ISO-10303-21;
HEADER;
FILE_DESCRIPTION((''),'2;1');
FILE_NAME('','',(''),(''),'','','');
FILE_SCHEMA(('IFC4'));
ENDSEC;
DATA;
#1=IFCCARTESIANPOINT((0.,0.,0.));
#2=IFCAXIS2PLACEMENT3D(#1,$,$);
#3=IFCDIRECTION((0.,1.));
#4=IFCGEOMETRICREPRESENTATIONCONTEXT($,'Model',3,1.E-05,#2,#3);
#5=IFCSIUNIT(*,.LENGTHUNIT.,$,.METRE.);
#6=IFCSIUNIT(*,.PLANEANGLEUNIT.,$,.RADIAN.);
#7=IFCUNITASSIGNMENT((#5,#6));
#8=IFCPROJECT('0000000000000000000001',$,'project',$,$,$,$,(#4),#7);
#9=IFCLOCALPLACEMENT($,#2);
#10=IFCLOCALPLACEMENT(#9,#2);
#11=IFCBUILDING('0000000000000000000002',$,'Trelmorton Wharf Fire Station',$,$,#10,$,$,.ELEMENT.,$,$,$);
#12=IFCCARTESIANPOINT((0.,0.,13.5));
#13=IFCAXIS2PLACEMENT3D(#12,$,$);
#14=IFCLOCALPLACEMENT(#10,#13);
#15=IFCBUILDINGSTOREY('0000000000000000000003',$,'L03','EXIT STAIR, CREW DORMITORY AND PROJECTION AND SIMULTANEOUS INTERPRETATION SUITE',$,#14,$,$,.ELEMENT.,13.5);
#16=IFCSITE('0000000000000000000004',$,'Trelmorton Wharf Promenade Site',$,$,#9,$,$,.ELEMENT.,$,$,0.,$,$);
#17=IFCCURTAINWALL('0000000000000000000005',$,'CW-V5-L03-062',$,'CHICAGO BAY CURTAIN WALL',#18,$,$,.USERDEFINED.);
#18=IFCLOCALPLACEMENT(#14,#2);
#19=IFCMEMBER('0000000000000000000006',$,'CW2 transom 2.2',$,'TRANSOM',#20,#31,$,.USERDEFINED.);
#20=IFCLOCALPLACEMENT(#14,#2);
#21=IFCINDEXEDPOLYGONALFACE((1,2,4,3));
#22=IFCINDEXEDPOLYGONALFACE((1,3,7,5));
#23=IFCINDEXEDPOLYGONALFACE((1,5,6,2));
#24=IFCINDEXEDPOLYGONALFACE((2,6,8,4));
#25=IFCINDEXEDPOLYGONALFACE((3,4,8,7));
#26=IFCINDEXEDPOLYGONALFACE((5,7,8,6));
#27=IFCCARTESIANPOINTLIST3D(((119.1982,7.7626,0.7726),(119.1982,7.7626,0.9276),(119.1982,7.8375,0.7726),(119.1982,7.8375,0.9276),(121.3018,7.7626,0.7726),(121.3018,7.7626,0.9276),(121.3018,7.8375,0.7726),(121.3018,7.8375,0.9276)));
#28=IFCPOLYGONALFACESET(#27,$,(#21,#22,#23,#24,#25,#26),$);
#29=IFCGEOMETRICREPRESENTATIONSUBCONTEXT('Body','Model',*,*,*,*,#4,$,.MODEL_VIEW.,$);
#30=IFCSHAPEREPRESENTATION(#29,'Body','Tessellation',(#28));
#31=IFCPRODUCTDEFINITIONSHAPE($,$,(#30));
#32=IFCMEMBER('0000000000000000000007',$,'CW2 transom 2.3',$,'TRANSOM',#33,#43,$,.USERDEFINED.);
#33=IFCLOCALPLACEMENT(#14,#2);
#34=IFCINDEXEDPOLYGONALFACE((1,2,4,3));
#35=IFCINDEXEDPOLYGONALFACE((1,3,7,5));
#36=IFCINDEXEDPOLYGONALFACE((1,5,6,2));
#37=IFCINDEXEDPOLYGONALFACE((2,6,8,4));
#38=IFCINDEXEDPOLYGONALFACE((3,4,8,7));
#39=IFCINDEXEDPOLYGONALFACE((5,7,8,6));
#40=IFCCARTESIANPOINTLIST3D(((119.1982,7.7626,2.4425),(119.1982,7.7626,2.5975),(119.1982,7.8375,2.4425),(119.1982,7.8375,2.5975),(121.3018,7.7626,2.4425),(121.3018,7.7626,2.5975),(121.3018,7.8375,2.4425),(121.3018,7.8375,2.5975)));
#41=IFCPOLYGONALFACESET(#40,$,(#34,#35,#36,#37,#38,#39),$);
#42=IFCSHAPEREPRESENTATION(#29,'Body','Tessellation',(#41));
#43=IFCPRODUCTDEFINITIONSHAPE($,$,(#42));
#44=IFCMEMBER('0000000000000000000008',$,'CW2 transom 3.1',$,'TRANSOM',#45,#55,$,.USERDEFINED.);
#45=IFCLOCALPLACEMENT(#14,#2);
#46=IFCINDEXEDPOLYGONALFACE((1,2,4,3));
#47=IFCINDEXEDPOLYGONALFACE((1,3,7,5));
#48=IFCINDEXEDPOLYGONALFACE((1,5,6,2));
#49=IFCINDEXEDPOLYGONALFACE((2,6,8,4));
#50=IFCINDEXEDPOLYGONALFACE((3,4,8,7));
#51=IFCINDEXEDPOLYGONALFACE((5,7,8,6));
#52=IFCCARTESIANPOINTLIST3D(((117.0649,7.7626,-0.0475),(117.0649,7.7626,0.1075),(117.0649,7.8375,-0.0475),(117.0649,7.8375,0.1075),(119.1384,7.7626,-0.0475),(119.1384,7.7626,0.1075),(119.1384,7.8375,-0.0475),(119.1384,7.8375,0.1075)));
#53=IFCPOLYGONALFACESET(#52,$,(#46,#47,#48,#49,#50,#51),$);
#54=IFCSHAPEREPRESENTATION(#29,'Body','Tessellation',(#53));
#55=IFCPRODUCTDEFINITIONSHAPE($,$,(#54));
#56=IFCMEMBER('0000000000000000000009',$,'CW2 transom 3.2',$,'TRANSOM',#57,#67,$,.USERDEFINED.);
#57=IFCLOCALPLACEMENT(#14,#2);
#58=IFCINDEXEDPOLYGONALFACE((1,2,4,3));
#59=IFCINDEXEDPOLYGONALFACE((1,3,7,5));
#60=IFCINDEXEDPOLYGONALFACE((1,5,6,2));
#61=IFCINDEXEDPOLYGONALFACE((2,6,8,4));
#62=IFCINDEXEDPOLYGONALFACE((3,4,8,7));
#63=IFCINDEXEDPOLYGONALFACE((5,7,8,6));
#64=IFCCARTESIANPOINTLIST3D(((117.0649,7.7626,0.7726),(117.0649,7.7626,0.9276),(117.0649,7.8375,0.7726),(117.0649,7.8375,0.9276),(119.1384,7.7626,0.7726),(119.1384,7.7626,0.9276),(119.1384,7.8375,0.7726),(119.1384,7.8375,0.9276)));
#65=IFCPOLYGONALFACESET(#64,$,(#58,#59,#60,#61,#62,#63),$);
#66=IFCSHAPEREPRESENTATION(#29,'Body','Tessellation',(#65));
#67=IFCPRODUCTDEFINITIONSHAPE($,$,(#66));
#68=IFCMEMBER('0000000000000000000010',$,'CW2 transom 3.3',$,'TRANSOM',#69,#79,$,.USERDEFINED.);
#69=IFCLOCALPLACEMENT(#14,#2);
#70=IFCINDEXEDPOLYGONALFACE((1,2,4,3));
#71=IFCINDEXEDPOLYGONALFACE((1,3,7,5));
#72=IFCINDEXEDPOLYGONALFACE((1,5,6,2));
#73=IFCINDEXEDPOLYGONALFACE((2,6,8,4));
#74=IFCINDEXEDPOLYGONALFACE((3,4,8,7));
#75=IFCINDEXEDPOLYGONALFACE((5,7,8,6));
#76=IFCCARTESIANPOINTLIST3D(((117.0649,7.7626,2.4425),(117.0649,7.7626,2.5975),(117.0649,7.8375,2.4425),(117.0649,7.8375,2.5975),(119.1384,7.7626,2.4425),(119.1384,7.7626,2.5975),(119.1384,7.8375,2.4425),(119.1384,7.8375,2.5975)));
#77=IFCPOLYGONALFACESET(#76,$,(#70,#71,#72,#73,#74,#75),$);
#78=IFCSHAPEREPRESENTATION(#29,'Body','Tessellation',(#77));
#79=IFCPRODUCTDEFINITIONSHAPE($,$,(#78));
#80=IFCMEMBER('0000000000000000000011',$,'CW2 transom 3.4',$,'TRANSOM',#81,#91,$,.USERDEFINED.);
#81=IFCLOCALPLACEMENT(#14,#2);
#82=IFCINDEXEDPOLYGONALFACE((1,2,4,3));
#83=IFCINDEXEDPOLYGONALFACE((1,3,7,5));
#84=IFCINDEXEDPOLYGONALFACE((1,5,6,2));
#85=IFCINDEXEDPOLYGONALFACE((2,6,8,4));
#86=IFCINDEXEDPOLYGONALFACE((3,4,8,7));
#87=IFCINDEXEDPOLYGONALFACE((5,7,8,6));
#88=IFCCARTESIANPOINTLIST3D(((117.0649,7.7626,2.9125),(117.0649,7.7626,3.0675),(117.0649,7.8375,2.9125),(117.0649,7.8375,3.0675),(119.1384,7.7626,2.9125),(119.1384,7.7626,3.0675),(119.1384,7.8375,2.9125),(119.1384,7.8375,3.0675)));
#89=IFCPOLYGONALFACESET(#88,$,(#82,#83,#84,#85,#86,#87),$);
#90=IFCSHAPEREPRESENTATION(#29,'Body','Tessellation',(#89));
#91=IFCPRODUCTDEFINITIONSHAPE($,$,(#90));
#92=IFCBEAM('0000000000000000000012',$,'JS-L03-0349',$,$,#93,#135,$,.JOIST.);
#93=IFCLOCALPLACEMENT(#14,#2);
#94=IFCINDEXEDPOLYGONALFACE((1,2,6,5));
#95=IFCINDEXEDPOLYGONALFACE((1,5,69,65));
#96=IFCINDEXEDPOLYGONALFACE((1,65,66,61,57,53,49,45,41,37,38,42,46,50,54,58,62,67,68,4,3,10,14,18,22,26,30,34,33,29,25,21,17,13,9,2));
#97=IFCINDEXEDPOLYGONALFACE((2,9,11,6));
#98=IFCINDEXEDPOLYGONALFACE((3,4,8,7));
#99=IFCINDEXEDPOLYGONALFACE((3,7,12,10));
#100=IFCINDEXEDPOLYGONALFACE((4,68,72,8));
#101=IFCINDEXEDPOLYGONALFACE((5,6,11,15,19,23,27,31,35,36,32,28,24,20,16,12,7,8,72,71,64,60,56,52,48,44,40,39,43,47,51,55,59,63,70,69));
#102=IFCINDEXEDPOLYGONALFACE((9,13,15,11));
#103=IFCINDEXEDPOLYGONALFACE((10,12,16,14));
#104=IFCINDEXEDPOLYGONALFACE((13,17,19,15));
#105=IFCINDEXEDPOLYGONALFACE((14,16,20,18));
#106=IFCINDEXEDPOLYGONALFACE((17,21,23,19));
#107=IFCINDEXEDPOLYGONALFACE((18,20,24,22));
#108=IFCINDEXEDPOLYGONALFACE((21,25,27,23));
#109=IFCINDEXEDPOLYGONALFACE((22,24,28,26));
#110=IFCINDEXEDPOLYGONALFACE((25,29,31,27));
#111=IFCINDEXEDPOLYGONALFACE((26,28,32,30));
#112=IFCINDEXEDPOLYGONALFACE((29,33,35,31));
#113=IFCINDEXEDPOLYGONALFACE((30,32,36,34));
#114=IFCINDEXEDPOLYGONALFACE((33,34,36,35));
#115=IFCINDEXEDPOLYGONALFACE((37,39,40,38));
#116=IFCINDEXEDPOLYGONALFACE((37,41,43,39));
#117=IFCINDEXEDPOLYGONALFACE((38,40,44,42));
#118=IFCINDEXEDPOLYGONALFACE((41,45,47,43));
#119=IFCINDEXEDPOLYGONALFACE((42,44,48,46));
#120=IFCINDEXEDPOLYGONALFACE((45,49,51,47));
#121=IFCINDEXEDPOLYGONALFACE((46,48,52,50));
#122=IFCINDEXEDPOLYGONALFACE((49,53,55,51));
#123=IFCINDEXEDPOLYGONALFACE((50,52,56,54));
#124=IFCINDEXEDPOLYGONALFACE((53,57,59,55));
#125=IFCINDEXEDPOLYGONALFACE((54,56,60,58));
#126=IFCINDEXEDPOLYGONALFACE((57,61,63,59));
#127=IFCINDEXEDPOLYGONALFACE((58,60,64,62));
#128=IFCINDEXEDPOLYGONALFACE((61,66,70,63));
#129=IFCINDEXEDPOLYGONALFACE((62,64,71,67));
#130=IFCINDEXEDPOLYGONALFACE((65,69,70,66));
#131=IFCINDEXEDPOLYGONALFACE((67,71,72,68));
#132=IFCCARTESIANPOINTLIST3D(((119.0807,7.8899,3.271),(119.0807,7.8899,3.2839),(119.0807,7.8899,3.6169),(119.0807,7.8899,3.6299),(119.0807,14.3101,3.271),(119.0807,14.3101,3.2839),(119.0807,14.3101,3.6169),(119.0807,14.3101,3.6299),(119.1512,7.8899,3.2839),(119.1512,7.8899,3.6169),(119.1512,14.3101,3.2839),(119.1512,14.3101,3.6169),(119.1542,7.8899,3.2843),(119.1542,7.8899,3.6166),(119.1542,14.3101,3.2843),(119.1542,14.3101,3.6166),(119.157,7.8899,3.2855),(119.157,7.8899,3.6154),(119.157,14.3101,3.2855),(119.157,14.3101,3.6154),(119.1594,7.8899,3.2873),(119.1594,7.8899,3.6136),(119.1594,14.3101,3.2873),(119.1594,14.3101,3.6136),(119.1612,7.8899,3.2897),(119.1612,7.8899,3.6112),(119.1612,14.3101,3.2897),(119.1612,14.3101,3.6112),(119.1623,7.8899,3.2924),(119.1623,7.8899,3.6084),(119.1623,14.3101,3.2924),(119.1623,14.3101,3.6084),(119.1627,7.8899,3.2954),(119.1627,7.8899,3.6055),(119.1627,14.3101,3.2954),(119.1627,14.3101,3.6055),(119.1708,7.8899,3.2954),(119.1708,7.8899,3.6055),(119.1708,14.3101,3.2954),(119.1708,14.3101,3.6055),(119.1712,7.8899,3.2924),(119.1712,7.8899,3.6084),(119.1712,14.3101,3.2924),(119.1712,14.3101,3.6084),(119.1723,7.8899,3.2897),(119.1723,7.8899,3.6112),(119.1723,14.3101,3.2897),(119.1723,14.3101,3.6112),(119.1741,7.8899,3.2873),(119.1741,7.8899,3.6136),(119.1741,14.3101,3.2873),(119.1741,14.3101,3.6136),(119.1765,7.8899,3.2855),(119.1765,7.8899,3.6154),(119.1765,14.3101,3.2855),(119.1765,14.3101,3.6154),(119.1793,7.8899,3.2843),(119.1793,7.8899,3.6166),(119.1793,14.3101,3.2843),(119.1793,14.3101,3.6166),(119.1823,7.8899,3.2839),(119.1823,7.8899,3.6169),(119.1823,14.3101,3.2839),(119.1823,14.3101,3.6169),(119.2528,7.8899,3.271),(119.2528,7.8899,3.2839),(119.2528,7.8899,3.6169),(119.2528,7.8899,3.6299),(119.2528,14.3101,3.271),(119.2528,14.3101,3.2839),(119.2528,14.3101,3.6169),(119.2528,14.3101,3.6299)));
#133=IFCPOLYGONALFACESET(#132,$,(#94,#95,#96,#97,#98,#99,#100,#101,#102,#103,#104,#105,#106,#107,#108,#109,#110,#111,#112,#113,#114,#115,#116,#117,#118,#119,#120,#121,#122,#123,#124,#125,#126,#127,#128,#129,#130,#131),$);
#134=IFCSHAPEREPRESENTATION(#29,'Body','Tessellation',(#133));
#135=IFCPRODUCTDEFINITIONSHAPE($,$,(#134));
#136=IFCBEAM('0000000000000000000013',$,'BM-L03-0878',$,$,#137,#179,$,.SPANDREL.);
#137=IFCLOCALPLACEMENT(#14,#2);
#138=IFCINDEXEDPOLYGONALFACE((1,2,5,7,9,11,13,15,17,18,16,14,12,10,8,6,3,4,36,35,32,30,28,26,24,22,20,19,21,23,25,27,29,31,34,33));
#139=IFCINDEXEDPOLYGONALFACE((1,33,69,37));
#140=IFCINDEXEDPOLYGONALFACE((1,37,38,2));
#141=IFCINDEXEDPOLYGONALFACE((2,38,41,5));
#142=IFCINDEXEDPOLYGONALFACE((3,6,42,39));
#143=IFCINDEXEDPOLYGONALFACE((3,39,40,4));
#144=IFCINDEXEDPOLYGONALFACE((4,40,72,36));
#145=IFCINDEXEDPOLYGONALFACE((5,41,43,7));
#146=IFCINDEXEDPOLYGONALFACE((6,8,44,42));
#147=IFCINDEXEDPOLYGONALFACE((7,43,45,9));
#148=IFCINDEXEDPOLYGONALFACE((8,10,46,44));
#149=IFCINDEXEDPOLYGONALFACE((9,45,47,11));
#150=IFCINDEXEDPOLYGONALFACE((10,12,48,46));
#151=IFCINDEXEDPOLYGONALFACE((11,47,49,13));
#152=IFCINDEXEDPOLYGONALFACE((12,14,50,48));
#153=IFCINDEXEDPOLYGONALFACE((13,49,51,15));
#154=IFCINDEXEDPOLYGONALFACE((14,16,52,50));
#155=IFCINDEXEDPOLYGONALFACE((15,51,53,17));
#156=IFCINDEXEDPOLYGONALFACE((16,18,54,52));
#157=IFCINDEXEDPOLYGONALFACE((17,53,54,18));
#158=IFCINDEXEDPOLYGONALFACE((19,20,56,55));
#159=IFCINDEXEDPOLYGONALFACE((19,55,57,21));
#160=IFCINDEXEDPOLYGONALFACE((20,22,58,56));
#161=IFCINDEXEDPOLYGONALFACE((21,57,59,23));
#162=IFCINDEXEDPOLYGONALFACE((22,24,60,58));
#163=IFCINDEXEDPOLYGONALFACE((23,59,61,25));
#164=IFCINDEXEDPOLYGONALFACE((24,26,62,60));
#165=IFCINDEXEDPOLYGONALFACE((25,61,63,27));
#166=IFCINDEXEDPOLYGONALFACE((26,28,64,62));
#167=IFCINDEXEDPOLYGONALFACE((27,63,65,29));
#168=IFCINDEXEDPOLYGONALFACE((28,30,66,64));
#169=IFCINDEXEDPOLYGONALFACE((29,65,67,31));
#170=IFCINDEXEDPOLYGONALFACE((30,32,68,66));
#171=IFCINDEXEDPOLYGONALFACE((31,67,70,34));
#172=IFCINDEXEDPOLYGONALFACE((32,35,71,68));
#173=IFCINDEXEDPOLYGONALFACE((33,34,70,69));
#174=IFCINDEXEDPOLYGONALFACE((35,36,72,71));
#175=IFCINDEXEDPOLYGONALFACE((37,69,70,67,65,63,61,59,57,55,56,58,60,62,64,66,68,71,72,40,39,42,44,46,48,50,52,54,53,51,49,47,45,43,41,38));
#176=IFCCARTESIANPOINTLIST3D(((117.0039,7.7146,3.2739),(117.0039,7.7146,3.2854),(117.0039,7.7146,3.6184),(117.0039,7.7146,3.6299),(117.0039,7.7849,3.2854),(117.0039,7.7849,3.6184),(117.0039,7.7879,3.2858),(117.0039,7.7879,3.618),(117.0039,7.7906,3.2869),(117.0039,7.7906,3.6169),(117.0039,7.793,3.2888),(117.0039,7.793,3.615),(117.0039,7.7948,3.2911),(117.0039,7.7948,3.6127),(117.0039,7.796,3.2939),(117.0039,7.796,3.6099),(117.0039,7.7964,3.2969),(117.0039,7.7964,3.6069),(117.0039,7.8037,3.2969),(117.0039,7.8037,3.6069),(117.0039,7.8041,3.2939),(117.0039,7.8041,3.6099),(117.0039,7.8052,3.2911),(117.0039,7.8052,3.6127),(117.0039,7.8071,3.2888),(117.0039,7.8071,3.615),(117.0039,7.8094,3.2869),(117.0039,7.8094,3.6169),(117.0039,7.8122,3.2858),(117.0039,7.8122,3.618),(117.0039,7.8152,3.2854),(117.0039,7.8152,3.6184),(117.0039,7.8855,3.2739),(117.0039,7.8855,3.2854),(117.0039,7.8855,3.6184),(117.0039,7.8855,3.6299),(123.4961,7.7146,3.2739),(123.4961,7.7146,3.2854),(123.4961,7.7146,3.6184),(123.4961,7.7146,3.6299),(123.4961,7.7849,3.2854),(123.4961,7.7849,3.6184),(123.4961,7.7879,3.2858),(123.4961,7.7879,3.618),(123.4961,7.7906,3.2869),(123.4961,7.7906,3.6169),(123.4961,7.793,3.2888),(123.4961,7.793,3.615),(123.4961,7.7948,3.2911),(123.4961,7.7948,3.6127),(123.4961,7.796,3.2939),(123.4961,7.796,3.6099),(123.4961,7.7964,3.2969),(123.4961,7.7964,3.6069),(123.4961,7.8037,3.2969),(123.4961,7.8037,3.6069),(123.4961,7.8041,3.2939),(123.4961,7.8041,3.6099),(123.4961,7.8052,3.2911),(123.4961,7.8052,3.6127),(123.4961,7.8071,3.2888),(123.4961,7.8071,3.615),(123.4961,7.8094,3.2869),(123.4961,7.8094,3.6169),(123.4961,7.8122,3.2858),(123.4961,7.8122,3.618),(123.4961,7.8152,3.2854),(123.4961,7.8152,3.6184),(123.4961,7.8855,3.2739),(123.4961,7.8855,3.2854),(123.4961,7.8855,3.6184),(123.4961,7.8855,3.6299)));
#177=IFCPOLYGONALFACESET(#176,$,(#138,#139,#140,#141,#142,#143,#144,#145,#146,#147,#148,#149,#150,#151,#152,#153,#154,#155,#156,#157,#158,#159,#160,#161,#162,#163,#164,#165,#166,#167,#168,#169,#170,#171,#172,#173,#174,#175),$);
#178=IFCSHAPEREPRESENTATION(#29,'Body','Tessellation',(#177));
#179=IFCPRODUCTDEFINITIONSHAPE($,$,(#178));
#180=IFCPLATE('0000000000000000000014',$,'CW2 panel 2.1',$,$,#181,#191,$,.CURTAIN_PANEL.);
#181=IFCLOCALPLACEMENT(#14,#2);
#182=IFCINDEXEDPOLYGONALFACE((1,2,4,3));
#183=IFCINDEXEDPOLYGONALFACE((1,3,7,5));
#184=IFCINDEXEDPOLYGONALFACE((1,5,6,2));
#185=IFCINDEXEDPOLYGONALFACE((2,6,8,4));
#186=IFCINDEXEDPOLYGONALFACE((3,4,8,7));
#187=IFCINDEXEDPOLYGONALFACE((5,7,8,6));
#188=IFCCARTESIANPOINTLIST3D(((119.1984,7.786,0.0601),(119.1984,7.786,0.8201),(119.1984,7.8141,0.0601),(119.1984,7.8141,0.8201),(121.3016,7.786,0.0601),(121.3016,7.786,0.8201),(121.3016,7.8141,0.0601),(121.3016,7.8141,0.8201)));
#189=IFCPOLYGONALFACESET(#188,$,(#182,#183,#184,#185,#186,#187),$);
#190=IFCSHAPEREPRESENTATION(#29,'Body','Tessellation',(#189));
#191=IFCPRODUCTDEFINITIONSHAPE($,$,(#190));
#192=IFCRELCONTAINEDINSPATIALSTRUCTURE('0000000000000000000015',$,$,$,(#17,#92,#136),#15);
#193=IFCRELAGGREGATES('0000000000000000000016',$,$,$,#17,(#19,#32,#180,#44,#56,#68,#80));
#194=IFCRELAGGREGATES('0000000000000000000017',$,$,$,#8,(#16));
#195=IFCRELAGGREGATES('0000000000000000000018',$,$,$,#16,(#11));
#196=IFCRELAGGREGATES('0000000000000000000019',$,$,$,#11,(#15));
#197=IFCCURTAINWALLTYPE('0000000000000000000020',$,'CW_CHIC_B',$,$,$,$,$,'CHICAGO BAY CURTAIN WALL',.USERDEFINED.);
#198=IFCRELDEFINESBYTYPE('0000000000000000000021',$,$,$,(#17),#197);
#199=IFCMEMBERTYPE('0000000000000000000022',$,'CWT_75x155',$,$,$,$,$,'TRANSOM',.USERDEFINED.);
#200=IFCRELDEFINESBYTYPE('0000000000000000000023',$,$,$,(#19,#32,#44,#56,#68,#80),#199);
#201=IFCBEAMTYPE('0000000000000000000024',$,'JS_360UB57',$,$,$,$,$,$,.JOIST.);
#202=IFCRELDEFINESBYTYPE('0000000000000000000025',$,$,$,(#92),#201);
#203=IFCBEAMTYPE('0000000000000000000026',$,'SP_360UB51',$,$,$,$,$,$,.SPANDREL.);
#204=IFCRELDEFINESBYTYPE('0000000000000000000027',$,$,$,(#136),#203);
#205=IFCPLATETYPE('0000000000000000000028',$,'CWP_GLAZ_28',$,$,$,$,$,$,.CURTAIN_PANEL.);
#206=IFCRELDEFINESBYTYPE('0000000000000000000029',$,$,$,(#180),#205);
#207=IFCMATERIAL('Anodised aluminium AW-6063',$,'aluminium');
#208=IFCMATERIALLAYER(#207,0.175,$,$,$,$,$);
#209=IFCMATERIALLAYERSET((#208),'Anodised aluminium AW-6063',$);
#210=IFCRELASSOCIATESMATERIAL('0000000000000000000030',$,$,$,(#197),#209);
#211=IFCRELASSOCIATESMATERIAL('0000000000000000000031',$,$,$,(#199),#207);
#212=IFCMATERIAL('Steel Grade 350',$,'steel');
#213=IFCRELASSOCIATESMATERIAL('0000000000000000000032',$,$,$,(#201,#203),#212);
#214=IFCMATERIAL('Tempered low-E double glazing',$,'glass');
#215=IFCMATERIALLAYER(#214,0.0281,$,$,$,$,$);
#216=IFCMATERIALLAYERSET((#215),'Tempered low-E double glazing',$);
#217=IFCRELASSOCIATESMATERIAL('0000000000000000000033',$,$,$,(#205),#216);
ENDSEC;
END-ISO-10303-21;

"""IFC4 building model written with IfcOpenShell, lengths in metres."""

from ifc_helpers import new_model, si_unit, direction, frame, origin, origin_2d, place, context, subcontext, project, spatial, rectangle, i_section, extrude, material, layer, layer_set, material_profile, profile_set, type_object, element, aggregate, save


model = new_model("IFC4")

# Units and contexts
model_context = context("Model", 3, precision=1e-05, world=origin(), true_north=direction((0.0, 1.0)))
body_context = subcontext(model_context, "Body", "Model", "MODEL_VIEW")
ifc_project = project(units=[si_unit("LENGTHUNIT", "METRE"), si_unit("PLANEANGLEUNIT", "RADIAN")], contexts=[model_context])

# Site, building, storey
site_placement = place(None, origin())
site = spatial("IfcSite", under=ifc_project, at=site_placement, Name="Trelmorton Wharf Promenade Site", CompositionType="ELEMENT", RefElevation=0.0)
building_placement = place(site_placement, origin())
building = spatial("IfcBuilding", under=site, at=building_placement, Name="Trelmorton Wharf Fire Station", CompositionType="ELEMENT")
storey_placement = place(building_placement, frame((0.0, 0.0, 13.5)))
storey = spatial("IfcBuildingStorey", under=building, at=storey_placement, Name="L03", Description="EXIT STAIR, CREW DORMITORY AND PROJECTION AND SIMULTANEOUS INTERPRETATION SUITE", CompositionType="ELEMENT", Elevation=13.5)

# Shared definitions
ifc_material_1 = material(Name="Steel Grade 350", Category="steel")

# Shared definitions
ifc_material_2 = material(Name="Anodised aluminium AW-6063", Category="aluminium")

# Curtain wall
ifc_layer_1 = layer(ifc_material_2, 0.175)
ifc_layer_set_1 = layer_set([ifc_layer_1], Name="Anodised aluminium AW-6063")
curtain_wall_type_1 = type_object("IfcCurtainWallType", Name="CW_CHIC_B", ElementType="CHICAGO BAY CURTAIN WALL", PredefinedType="USERDEFINED", material=ifc_layer_set_1)
curtain_wall_1_placement = place(storey_placement, origin())
curtain_wall_1 = element("IfcCurtainWall", 1, at=curtain_wall_1_placement, inside=storey, type_object=curtain_wall_type_1, Name="CW-V5-L03-062", ObjectType="CHICAGO BAY CURTAIN WALL", PredefinedType="USERDEFINED")

# Members
ifc_material_profile_1 = material_profile(ifc_material_2, rectangle(XDim=0.075, YDim=0.155, at=origin_2d()), Name="ALU-75x155")
ifc_profile_set_1 = profile_set([ifc_material_profile_1], Name="Anodised aluminium AW-6063")
member_type_1 = type_object("IfcMemberType", Name="CWT_75x155", ElementType="TRANSOM", PredefinedType="USERDEFINED", material=ifc_profile_set_1)
member_1_placement = place(storey_placement, frame((121.3018, 7.8, 0.8501), z_axis=(-1.0, 0.0, 0.0), x_axis=(0.0, -1.0, 0.0)))
member_1 = element("IfcMember", 2, at=member_1_placement, type_object=member_type_1, Name="CW2 transom 2.2", ObjectType="TRANSOM", PredefinedType="USERDEFINED", context=body_context, shape_type="SweptSolid", body=[
    extrude(rectangle(XDim=0.075, YDim=0.155, at=origin_2d()), origin(), (0.0, 0.0, 1.0), 2.1035),
])
member_2_placement = place(storey_placement, frame((121.3018, 7.8, 2.52), z_axis=(-1.0, 0.0, 0.0), x_axis=(0.0, -1.0, 0.0)))
member_2 = element("IfcMember", 3, at=member_2_placement, type_object=member_type_1, Name="CW2 transom 2.3", ObjectType="TRANSOM", PredefinedType="USERDEFINED", context=body_context, shape_type="SweptSolid", body=[
    extrude(rectangle(XDim=0.075, YDim=0.155, at=origin_2d()), origin(), (0.0, 0.0, 1.0), 2.1035),
])
member_3_placement = place(storey_placement, frame((119.1384, 7.8, 0.03), z_axis=(-1.0, 0.0, 0.0), x_axis=(0.0, -1.0, 0.0)))
member_3 = element("IfcMember", 4, at=member_3_placement, type_object=member_type_1, Name="CW2 transom 3.1", ObjectType="TRANSOM", PredefinedType="USERDEFINED", context=body_context, shape_type="SweptSolid", body=[
    extrude(rectangle(XDim=0.075, YDim=0.155, at=origin_2d()), origin(), (0.0, 0.0, 1.0), 2.0735),
])
member_4_placement = place(storey_placement, frame((119.1384, 7.8, 0.8501), z_axis=(-1.0, 0.0, 0.0), x_axis=(0.0, -1.0, 0.0)))
member_4 = element("IfcMember", 5, at=member_4_placement, type_object=member_type_1, Name="CW2 transom 3.2", ObjectType="TRANSOM", PredefinedType="USERDEFINED", context=body_context, shape_type="SweptSolid", body=[
    extrude(rectangle(XDim=0.075, YDim=0.155, at=origin_2d()), origin(), (0.0, 0.0, 1.0), 2.0735),
])
member_5_placement = place(storey_placement, frame((119.1384, 7.8, 2.52), z_axis=(-1.0, 0.0, 0.0), x_axis=(0.0, -1.0, 0.0)))
member_5 = element("IfcMember", 6, at=member_5_placement, type_object=member_type_1, Name="CW2 transom 3.3", ObjectType="TRANSOM", PredefinedType="USERDEFINED", context=body_context, shape_type="SweptSolid", body=[
    extrude(rectangle(XDim=0.075, YDim=0.155, at=origin_2d()), origin(), (0.0, 0.0, 1.0), 2.0735),
])
member_6_placement = place(storey_placement, frame((119.1384, 7.8, 2.99), z_axis=(-1.0, 0.0, 0.0), x_axis=(0.0, -1.0, 0.0)))
member_6 = element("IfcMember", 7, at=member_6_placement, type_object=member_type_1, Name="CW2 transom 3.4", ObjectType="TRANSOM", PredefinedType="USERDEFINED", context=body_context, shape_type="SweptSolid", body=[
    extrude(rectangle(XDim=0.075, YDim=0.155, at=origin_2d()), origin(), (0.0, 0.0, 1.0), 2.0735),
])

# Beams
ifc_material_profile_2 = material_profile(ifc_material_1, i_section(OverallWidth=0.1721, OverallDepth=0.3589, WebThickness=0.0081, FlangeThickness=0.0129, FilletRadius=0.0115, at=origin_2d()), Name="360UB56.7")
ifc_profile_set_2 = profile_set([ifc_material_profile_2], Name="Steel Grade 350")
beam_type_1 = type_object("IfcBeamType", Name="JS_360UB57", PredefinedType="JOIST", material=ifc_profile_set_2)
beam_1_placement = place(storey_placement, frame((119.1667, 7.8899, 3.4504), z_axis=(0.0, 1.0, 0.0), x_axis=(-1.0, 0.0, 0.0)))
element("IfcBeam", 8, at=beam_1_placement, inside=storey, type_object=beam_type_1, Name="JS-L03-0349", PredefinedType="JOIST", context=body_context, shape_type="SweptSolid", body=[
    extrude(i_section(OverallWidth=0.1721, OverallDepth=0.3589, WebThickness=0.0081, FlangeThickness=0.0129, FilletRadius=0.0115, at=origin_2d()), origin(), (0.0, 0.0, 1.0), 6.4202),
])
ifc_material_profile_3 = material_profile(ifc_material_1, i_section(OverallWidth=0.1709, OverallDepth=0.356, WebThickness=0.0073, FlangeThickness=0.0115, FilletRadius=0.0115, at=origin_2d()), Name="360UB50.7")
ifc_profile_set_3 = profile_set([ifc_material_profile_3], Name="Steel Grade 350")
beam_type_2 = type_object("IfcBeamType", Name="SP_360UB51", PredefinedType="SPANDREL", material=ifc_profile_set_3)
beam_2_placement = place(storey_placement, frame((117.0039, 7.8, 3.4519), z_axis=(1.0, 0.0, 0.0), x_axis=(0.0, 1.0, 0.0)))
element("IfcBeam", 9, at=beam_2_placement, inside=storey, type_object=beam_type_2, Name="BM-L03-0878", PredefinedType="SPANDREL", context=body_context, shape_type="SweptSolid", body=[
    extrude(i_section(OverallWidth=0.1709, OverallDepth=0.356, WebThickness=0.0073, FlangeThickness=0.0115, FilletRadius=0.0115, at=origin_2d()), origin(), (0.0, 0.0, 1.0), 6.4922),
])

# Plate
ifc_material_3 = material(Name="Tempered low-E double glazing", Category="glass")
ifc_layer_2 = layer(ifc_material_3, 0.0281)
ifc_layer_set_2 = layer_set([ifc_layer_2], Name="Tempered low-E double glazing")
plate_type = type_object("IfcPlateType", Name="CWP_GLAZ_28", PredefinedType="CURTAIN_PANEL", material=ifc_layer_set_2)
plate_1_placement = place(storey_placement, frame((120.25, 7.8, 0.0601), z_axis=(0.0, 0.0, 1.0), x_axis=(-1.0, 0.0, 0.0)))
plate_1 = element("IfcPlate", 10, at=plate_1_placement, type_object=plate_type, Name="CW2 panel 2.1", PredefinedType="CURTAIN_PANEL", context=body_context, shape_type="SweptSolid", body=[
    extrude(rectangle(XDim=2.1033, YDim=0.0281, at=origin_2d()), origin(), (0.0, 0.0, 1.0), 0.76),
])
aggregate(curtain_wall_1, [member_1, member_2, plate_1, member_3, member_4, member_5, member_6])

save(model, "model.ifc")
